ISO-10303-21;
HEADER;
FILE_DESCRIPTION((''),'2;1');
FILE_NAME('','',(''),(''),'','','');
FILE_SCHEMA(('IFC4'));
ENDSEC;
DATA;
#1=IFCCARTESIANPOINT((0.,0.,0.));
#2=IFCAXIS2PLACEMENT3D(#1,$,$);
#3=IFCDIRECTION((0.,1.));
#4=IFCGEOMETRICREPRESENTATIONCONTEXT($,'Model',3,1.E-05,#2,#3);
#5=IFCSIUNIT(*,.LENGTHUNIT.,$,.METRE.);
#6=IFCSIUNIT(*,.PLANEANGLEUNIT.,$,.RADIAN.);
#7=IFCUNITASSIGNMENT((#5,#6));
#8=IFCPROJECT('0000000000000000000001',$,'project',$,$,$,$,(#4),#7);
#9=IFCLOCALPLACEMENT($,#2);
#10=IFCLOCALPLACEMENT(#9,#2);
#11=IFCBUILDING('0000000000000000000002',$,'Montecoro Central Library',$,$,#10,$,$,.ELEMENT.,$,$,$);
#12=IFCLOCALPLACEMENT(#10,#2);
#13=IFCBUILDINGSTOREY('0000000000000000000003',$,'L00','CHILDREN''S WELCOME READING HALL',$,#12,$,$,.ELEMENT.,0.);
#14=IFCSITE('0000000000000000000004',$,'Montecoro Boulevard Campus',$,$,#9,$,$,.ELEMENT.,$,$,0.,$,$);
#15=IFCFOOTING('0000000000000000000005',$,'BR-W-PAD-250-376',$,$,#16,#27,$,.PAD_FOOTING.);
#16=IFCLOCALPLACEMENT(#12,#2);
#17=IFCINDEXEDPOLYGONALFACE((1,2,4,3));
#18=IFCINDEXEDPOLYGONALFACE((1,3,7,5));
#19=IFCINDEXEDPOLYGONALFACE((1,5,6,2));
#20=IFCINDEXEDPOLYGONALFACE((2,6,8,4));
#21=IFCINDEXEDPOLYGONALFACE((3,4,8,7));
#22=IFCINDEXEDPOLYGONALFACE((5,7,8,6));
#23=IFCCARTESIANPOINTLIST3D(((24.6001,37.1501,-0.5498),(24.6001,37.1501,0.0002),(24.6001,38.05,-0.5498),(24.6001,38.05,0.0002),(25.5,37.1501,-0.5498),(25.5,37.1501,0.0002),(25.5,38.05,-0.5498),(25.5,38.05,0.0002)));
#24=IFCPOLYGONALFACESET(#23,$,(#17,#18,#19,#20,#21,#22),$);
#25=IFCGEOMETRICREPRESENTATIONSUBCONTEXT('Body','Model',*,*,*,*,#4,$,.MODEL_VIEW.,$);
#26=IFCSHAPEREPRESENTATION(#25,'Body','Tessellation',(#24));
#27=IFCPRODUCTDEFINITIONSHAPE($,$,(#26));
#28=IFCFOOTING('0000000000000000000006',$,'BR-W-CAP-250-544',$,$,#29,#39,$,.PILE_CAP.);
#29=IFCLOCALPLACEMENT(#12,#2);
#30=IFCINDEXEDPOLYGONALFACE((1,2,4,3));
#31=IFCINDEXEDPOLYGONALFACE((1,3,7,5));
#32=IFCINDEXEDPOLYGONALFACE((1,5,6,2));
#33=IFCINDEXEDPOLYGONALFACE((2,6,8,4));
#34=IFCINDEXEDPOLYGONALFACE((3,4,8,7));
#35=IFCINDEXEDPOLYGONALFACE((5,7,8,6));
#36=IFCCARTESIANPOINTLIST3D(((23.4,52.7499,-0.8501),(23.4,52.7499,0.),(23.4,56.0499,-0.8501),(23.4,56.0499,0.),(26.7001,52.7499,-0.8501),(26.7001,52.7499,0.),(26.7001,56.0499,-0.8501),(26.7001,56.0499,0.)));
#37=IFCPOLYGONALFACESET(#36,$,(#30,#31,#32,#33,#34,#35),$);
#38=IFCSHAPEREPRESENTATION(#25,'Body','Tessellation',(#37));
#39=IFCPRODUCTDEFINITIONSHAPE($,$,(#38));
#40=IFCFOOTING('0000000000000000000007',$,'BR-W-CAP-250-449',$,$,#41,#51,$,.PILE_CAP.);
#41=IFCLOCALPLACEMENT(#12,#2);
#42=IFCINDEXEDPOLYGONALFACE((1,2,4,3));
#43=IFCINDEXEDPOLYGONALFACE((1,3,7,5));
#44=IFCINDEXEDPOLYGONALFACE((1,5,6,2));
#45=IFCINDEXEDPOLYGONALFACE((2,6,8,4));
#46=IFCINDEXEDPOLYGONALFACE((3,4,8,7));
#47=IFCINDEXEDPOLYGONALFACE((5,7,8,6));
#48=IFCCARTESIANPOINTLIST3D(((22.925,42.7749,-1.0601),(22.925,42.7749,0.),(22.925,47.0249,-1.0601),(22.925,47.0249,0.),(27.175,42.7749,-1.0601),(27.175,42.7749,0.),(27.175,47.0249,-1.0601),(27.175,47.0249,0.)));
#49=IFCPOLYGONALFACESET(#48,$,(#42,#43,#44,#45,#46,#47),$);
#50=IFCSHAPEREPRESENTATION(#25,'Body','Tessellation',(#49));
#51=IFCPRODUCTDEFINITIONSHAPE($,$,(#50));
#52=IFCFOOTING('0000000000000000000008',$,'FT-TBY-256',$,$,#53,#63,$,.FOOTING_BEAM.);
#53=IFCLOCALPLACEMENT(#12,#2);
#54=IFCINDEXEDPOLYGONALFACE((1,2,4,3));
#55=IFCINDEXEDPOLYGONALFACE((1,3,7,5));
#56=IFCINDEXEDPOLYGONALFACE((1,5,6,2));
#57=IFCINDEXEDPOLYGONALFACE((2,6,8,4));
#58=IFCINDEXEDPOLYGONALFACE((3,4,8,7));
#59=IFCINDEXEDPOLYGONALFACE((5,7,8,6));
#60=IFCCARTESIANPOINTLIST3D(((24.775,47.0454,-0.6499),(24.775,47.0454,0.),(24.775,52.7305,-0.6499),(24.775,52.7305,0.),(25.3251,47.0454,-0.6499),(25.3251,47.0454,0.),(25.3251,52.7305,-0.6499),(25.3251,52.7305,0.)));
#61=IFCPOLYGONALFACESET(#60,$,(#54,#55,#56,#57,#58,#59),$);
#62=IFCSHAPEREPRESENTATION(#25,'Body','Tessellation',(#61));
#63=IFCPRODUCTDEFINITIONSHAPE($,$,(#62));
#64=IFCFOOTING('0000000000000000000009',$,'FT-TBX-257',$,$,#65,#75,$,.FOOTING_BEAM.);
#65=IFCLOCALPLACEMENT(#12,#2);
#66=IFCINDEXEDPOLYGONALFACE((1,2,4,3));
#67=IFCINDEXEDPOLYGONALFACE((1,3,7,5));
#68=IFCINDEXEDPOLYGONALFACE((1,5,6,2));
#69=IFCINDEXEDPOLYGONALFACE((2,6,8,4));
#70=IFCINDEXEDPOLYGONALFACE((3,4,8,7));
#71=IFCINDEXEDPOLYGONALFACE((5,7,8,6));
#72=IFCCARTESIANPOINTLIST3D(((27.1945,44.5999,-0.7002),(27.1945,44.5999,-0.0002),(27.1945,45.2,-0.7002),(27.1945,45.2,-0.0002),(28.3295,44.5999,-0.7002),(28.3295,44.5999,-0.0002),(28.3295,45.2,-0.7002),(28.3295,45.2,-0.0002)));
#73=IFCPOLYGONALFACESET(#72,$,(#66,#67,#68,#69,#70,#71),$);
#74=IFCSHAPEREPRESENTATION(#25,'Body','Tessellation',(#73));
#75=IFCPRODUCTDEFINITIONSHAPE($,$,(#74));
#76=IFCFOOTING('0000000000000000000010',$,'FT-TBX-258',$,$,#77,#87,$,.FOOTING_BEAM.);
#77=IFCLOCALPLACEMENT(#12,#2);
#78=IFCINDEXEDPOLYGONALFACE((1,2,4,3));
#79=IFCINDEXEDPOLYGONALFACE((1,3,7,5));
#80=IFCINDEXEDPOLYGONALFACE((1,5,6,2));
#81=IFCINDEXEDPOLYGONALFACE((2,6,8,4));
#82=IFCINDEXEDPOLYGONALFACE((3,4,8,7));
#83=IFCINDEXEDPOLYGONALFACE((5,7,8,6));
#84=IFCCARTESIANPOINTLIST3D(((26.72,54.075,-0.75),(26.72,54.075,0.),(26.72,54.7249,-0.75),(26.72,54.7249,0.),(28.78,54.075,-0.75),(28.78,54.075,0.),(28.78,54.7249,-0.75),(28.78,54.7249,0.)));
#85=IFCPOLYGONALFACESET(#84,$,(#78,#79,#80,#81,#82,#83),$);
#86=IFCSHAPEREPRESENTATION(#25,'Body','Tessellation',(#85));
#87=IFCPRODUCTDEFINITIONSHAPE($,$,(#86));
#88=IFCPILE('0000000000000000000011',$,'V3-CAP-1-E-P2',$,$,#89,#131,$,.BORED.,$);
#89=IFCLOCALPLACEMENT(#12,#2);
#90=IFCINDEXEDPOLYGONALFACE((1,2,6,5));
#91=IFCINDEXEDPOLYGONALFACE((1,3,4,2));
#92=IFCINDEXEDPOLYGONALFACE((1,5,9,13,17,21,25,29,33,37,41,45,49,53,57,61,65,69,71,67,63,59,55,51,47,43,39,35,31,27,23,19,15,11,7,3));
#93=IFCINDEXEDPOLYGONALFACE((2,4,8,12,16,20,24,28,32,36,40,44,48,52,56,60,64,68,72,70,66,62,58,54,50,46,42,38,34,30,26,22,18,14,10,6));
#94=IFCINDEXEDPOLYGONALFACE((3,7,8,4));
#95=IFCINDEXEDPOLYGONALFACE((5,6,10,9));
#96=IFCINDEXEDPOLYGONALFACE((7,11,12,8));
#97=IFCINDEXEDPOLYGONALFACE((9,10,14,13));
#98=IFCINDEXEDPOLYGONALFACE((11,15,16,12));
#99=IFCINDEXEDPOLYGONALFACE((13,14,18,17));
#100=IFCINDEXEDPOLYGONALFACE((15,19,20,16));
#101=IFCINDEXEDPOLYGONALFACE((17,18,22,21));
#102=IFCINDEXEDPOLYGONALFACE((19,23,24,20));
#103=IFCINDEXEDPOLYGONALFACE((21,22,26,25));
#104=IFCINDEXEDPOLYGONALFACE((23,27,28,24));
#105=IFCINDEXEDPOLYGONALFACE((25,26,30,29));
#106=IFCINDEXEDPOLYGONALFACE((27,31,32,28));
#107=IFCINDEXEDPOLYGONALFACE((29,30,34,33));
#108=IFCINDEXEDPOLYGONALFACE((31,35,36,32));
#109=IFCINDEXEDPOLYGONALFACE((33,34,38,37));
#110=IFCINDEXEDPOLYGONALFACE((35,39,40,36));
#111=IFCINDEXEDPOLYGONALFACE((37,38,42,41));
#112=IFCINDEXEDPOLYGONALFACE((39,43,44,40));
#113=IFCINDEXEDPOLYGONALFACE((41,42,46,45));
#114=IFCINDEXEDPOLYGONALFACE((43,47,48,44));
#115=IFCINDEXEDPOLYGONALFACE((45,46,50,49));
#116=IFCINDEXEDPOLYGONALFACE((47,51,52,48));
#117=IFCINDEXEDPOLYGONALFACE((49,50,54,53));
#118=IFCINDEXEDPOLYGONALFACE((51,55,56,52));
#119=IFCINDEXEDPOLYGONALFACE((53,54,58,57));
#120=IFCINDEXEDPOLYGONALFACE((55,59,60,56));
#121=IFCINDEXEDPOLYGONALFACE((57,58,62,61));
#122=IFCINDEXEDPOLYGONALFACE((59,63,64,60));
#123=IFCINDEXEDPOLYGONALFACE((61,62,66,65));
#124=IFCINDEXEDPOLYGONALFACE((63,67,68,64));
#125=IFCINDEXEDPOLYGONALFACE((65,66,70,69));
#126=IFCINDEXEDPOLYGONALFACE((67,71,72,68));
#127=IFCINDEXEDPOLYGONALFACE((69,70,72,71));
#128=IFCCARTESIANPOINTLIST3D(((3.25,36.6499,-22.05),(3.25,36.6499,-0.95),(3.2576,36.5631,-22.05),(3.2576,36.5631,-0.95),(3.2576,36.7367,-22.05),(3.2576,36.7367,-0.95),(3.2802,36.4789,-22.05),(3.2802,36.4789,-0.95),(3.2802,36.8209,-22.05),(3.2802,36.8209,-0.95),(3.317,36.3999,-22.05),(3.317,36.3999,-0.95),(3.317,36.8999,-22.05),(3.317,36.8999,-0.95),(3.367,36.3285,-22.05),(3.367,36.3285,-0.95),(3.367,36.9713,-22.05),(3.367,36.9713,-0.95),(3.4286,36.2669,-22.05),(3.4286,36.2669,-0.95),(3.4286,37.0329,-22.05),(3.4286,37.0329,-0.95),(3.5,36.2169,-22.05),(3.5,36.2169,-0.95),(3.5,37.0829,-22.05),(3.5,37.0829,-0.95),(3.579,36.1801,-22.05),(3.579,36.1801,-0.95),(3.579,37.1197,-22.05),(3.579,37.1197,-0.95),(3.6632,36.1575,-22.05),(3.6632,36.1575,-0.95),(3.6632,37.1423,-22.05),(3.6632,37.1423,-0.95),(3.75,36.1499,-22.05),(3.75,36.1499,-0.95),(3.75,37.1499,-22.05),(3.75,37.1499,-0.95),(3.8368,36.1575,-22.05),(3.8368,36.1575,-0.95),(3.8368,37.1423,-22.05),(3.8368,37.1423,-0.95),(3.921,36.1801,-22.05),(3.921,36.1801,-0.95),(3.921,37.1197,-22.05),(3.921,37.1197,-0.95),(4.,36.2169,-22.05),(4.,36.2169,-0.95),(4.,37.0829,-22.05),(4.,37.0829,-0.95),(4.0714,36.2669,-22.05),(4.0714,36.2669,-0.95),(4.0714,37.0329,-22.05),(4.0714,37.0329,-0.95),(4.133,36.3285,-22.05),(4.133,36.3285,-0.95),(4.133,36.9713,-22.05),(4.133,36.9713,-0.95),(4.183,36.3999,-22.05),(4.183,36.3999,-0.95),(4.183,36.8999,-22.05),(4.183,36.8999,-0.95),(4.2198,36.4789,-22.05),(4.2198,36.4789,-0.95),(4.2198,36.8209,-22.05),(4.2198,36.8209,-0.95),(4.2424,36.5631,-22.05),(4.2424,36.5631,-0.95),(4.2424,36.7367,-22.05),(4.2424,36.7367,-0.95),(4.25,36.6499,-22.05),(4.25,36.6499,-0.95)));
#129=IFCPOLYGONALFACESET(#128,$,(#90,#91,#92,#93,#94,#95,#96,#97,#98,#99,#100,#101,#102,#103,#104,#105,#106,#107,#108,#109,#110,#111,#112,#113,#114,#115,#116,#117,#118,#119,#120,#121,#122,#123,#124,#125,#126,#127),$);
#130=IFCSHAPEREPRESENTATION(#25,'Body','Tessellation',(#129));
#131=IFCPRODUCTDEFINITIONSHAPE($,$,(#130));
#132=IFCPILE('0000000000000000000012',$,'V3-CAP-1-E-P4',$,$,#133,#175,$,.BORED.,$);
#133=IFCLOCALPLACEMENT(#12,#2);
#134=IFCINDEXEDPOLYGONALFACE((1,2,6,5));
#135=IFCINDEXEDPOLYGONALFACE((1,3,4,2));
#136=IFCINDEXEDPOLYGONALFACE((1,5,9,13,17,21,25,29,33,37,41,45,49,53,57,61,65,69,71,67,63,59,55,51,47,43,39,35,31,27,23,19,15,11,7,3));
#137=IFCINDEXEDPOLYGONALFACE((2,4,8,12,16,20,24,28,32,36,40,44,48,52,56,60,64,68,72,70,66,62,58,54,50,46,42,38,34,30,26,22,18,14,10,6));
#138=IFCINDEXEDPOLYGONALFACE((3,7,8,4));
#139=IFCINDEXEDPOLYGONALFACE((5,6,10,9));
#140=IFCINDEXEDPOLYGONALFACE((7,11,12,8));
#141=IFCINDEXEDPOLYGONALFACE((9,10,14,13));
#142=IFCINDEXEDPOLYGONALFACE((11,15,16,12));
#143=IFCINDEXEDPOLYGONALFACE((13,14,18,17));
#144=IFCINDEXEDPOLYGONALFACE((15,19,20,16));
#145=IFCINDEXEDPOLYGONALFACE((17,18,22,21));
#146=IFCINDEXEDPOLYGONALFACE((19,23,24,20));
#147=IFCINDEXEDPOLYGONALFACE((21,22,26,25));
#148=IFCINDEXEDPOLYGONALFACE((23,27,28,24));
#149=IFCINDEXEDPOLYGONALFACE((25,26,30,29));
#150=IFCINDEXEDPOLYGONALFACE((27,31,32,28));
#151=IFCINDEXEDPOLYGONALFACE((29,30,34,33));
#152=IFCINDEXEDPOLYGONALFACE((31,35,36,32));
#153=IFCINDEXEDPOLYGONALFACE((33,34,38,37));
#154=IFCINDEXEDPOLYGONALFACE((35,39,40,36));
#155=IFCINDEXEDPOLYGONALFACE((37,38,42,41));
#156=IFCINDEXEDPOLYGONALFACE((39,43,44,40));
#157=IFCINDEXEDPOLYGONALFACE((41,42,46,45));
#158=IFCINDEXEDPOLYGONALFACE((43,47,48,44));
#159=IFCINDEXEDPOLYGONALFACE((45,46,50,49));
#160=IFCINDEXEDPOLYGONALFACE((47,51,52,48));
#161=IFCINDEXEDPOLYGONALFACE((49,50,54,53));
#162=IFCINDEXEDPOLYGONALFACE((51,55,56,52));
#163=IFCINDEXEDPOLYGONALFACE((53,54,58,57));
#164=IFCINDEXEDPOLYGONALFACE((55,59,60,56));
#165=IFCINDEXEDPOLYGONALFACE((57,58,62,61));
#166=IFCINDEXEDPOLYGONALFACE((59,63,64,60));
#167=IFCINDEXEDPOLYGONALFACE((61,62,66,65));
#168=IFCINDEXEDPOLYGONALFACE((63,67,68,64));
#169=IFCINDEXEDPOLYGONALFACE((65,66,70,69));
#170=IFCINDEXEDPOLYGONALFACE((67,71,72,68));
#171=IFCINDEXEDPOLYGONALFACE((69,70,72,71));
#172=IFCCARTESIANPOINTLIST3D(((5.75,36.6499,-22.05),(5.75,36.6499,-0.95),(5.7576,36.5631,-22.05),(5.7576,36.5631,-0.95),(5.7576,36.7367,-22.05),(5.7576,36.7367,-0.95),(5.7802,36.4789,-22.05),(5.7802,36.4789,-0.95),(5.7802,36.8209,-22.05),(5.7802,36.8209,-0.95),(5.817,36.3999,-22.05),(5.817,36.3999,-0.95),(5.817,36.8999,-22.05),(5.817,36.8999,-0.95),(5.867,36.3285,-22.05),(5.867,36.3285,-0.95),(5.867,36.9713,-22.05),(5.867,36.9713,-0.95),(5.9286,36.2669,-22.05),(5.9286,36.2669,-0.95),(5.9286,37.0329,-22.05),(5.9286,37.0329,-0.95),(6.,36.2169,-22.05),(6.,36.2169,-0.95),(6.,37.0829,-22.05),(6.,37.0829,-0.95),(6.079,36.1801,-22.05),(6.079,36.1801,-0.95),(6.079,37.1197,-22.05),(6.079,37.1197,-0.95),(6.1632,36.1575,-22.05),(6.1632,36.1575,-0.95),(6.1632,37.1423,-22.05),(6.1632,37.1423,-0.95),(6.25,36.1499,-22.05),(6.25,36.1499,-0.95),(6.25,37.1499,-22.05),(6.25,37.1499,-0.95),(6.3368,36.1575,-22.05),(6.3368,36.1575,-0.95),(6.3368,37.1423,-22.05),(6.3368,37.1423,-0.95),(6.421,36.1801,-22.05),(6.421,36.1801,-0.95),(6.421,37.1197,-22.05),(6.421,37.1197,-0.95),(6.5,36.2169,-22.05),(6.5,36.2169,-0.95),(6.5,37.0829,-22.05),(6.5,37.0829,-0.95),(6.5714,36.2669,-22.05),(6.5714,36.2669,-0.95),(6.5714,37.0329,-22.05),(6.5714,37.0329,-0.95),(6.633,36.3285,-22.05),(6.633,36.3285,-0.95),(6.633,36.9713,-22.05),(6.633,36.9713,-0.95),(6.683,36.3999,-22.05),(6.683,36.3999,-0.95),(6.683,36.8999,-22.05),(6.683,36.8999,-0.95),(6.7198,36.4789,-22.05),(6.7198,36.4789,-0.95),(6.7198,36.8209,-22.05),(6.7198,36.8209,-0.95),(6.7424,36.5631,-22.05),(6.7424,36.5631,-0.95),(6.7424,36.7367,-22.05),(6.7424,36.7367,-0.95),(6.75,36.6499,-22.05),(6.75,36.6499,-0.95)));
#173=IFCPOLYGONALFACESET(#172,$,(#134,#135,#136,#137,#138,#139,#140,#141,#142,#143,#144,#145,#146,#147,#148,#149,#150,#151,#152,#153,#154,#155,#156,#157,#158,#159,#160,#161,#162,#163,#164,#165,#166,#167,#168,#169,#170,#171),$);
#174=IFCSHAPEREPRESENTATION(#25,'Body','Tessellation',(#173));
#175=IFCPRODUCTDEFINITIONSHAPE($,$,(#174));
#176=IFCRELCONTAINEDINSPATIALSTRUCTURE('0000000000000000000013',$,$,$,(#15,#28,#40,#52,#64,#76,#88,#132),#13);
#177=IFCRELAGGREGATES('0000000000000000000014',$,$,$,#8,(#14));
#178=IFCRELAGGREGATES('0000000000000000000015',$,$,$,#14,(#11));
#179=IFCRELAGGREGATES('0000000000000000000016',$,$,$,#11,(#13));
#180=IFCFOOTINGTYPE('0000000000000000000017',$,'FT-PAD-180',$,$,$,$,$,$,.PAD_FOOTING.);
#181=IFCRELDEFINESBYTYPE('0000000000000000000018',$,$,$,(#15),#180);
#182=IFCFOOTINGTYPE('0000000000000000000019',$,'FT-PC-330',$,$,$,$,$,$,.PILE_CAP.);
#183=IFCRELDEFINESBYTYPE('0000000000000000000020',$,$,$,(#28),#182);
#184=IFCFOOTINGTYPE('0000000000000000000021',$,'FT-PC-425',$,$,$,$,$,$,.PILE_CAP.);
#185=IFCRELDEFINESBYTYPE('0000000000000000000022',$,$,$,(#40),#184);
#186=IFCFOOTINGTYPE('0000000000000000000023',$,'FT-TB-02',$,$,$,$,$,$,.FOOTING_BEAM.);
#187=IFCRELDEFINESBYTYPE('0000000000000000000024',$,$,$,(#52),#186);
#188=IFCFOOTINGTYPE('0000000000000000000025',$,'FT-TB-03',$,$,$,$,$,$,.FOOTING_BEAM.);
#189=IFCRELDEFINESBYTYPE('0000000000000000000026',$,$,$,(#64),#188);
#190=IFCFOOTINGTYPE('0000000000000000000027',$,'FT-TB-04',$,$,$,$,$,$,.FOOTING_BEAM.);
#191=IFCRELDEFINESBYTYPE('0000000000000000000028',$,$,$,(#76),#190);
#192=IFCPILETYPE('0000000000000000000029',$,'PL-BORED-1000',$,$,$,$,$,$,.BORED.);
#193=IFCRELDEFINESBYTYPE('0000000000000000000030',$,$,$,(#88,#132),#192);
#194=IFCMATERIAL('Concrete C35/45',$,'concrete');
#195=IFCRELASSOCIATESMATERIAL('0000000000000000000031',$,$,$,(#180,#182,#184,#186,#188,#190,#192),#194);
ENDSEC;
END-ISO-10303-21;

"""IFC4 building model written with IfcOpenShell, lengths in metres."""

from ifc_helpers import new_model, si_unit, direction, frame, origin, origin_2d, place, context, subcontext, project, spatial, rectangle, circle, extrude, material, material_profile, profile_set, type_object, element, save


model = new_model("IFC4")

# Units and contexts
model_context = context("Model", 3, precision=1e-05, world=origin(), true_north=direction((0.0, 1.0)))
body_context = subcontext(model_context, "Body", "Model", "MODEL_VIEW")
ifc_project = project(units=[si_unit("LENGTHUNIT", "METRE"), si_unit("PLANEANGLEUNIT", "RADIAN")], contexts=[model_context])

# Site, building, storey
site_placement = place(None, origin())
site = spatial("IfcSite", under=ifc_project, at=site_placement, Name="Montecoro Boulevard Campus", CompositionType="ELEMENT", RefElevation=0.0)
building_placement = place(site_placement, origin())
building = spatial("IfcBuilding", under=site, at=building_placement, Name="Montecoro Central Library", CompositionType="ELEMENT")
storey_placement = place(building_placement, origin())
storey = spatial("IfcBuildingStorey", under=building, at=storey_placement, Name="L00", Description="CHILDREN'S WELCOME READING HALL", CompositionType="ELEMENT", Elevation=0.0)

# Footings
ifc_material_1 = material(Name="Concrete C35/45", Category="concrete")
footing_type_1 = type_object("IfcFootingType", Name="FT-PAD-180", PredefinedType="PAD_FOOTING", material=ifc_material_1)
footing_1_placement = place(storey_placement, frame((25.05, 37.6001, -0.5498), z_axis=(0.0, 0.0, 1.0), x_axis=(1.0, 0.0, 0.0)))
element("IfcFooting", 1, at=footing_1_placement, inside=storey, type_object=footing_type_1, Name="BR-W-PAD-250-376", PredefinedType="PAD_FOOTING", context=body_context, shape_type="SweptSolid", body=[
    extrude(rectangle(XDim=0.8999, YDim=0.8999, at=origin_2d()), origin(), (0.0, 0.0, 1.0), 0.55),
])
footing_type_2 = type_object("IfcFootingType", Name="FT-PC-330", PredefinedType="PILE_CAP", material=ifc_material_1)
footing_2_placement = place(storey_placement, frame((25.05, 54.3999, -0.8501), z_axis=(0.0, 0.0, 1.0), x_axis=(1.0, 0.0, 0.0)))
element("IfcFooting", 2, at=footing_2_placement, inside=storey, type_object=footing_type_2, Name="BR-W-CAP-250-544", PredefinedType="PILE_CAP", context=body_context, shape_type="SweptSolid", body=[
    extrude(rectangle(XDim=3.3, YDim=3.3, at=origin_2d()), origin(), (0.0, 0.0, 1.0), 0.8501),
])
footing_type_3 = type_object("IfcFootingType", Name="FT-PC-425", PredefinedType="PILE_CAP", material=ifc_material_1)
footing_3_placement = place(storey_placement, frame((25.05, 44.8999, -1.0601), z_axis=(0.0, 0.0, 1.0), x_axis=(1.0, 0.0, 0.0)))
element("IfcFooting", 3, at=footing_3_placement, inside=storey, type_object=footing_type_3, Name="BR-W-CAP-250-449", PredefinedType="PILE_CAP", context=body_context, shape_type="SweptSolid", body=[
    extrude(rectangle(XDim=4.25, YDim=4.25, at=origin_2d()), origin(), (0.0, 0.0, 1.0), 1.0601),
])
footing_type_4 = type_object("IfcFootingType", Name="FT-TB-02", PredefinedType="FOOTING_BEAM", material=ifc_material_1)
footing_4_placement = place(storey_placement, frame((25.05, 49.8879, -0.6499), z_axis=(0.0, 0.0, 1.0), x_axis=(1.0, 0.0, 0.0)))
element("IfcFooting", 4, at=footing_4_placement, inside=storey, type_object=footing_type_4, Name="FT-TBY-256", PredefinedType="FOOTING_BEAM", context=body_context, shape_type="SweptSolid", body=[
    extrude(rectangle(XDim=0.55, YDim=5.6851, at=origin_2d()), origin(), (0.0, 0.0, 1.0), 0.6499),
])
footing_type_5 = type_object("IfcFootingType", Name="FT-TB-03", PredefinedType="FOOTING_BEAM", material=ifc_material_1)
footing_5_placement = place(storey_placement, frame((27.762, 44.8999, -0.7002), z_axis=(0.0, 0.0, 1.0), x_axis=(1.0, 0.0, 0.0)))
element("IfcFooting", 5, at=footing_5_placement, inside=storey, type_object=footing_type_5, Name="FT-TBX-257", PredefinedType="FOOTING_BEAM", context=body_context, shape_type="SweptSolid", body=[
    extrude(rectangle(XDim=1.135, YDim=0.6001, at=origin_2d()), origin(), (0.0, 0.0, 1.0), 0.7),
])
footing_type_6 = type_object("IfcFootingType", Name="FT-TB-04", PredefinedType="FOOTING_BEAM", material=ifc_material_1)
footing_6_placement = place(storey_placement, frame((27.75, 54.3999, -0.75), z_axis=(0.0, 0.0, 1.0), x_axis=(1.0, 0.0, 0.0)))
element("IfcFooting", 6, at=footing_6_placement, inside=storey, type_object=footing_type_6, Name="FT-TBX-258", PredefinedType="FOOTING_BEAM", context=body_context, shape_type="SweptSolid", body=[
    extrude(rectangle(XDim=2.0601, YDim=0.6499, at=origin_2d()), origin(), (0.0, 0.0, 1.0), 0.75),
])

# Piles
ifc_material_profile_1 = material_profile(ifc_material_1, circle(Radius=0.5, at=origin_2d()), Name="PILE D1000")
ifc_profile_set_1 = profile_set([ifc_material_profile_1], Name="Concrete C35/45")
pile_type_1 = type_object("IfcPileType", Name="PL-BORED-1000", PredefinedType="BORED", material=ifc_profile_set_1)
for number, where, z_axis, x_axis, name in (
    (7, (3.75, 36.6499, -0.95), (0.0, 0.0, -1.0), (1.0, 0.0, 0.0), "V3-CAP-1-E-P2"),
    (8, (6.25, 36.6499, -0.95), (0.0, 0.0, -1.0), (1.0, 0.0, 0.0), "V3-CAP-1-E-P4"),
):
    element("IfcPile", number, at=place(storey_placement, frame(where, z_axis=z_axis, x_axis=x_axis)), inside=storey, type_object=pile_type_1, Name=name, PredefinedType="BORED", context=body_context, shape_type="SweptSolid", body=[
        extrude(circle(Radius=0.5, at=origin_2d()), origin(), (0.0, 0.0, 1.0), 21.1001),
    ])

save(model, "model.ifc")
